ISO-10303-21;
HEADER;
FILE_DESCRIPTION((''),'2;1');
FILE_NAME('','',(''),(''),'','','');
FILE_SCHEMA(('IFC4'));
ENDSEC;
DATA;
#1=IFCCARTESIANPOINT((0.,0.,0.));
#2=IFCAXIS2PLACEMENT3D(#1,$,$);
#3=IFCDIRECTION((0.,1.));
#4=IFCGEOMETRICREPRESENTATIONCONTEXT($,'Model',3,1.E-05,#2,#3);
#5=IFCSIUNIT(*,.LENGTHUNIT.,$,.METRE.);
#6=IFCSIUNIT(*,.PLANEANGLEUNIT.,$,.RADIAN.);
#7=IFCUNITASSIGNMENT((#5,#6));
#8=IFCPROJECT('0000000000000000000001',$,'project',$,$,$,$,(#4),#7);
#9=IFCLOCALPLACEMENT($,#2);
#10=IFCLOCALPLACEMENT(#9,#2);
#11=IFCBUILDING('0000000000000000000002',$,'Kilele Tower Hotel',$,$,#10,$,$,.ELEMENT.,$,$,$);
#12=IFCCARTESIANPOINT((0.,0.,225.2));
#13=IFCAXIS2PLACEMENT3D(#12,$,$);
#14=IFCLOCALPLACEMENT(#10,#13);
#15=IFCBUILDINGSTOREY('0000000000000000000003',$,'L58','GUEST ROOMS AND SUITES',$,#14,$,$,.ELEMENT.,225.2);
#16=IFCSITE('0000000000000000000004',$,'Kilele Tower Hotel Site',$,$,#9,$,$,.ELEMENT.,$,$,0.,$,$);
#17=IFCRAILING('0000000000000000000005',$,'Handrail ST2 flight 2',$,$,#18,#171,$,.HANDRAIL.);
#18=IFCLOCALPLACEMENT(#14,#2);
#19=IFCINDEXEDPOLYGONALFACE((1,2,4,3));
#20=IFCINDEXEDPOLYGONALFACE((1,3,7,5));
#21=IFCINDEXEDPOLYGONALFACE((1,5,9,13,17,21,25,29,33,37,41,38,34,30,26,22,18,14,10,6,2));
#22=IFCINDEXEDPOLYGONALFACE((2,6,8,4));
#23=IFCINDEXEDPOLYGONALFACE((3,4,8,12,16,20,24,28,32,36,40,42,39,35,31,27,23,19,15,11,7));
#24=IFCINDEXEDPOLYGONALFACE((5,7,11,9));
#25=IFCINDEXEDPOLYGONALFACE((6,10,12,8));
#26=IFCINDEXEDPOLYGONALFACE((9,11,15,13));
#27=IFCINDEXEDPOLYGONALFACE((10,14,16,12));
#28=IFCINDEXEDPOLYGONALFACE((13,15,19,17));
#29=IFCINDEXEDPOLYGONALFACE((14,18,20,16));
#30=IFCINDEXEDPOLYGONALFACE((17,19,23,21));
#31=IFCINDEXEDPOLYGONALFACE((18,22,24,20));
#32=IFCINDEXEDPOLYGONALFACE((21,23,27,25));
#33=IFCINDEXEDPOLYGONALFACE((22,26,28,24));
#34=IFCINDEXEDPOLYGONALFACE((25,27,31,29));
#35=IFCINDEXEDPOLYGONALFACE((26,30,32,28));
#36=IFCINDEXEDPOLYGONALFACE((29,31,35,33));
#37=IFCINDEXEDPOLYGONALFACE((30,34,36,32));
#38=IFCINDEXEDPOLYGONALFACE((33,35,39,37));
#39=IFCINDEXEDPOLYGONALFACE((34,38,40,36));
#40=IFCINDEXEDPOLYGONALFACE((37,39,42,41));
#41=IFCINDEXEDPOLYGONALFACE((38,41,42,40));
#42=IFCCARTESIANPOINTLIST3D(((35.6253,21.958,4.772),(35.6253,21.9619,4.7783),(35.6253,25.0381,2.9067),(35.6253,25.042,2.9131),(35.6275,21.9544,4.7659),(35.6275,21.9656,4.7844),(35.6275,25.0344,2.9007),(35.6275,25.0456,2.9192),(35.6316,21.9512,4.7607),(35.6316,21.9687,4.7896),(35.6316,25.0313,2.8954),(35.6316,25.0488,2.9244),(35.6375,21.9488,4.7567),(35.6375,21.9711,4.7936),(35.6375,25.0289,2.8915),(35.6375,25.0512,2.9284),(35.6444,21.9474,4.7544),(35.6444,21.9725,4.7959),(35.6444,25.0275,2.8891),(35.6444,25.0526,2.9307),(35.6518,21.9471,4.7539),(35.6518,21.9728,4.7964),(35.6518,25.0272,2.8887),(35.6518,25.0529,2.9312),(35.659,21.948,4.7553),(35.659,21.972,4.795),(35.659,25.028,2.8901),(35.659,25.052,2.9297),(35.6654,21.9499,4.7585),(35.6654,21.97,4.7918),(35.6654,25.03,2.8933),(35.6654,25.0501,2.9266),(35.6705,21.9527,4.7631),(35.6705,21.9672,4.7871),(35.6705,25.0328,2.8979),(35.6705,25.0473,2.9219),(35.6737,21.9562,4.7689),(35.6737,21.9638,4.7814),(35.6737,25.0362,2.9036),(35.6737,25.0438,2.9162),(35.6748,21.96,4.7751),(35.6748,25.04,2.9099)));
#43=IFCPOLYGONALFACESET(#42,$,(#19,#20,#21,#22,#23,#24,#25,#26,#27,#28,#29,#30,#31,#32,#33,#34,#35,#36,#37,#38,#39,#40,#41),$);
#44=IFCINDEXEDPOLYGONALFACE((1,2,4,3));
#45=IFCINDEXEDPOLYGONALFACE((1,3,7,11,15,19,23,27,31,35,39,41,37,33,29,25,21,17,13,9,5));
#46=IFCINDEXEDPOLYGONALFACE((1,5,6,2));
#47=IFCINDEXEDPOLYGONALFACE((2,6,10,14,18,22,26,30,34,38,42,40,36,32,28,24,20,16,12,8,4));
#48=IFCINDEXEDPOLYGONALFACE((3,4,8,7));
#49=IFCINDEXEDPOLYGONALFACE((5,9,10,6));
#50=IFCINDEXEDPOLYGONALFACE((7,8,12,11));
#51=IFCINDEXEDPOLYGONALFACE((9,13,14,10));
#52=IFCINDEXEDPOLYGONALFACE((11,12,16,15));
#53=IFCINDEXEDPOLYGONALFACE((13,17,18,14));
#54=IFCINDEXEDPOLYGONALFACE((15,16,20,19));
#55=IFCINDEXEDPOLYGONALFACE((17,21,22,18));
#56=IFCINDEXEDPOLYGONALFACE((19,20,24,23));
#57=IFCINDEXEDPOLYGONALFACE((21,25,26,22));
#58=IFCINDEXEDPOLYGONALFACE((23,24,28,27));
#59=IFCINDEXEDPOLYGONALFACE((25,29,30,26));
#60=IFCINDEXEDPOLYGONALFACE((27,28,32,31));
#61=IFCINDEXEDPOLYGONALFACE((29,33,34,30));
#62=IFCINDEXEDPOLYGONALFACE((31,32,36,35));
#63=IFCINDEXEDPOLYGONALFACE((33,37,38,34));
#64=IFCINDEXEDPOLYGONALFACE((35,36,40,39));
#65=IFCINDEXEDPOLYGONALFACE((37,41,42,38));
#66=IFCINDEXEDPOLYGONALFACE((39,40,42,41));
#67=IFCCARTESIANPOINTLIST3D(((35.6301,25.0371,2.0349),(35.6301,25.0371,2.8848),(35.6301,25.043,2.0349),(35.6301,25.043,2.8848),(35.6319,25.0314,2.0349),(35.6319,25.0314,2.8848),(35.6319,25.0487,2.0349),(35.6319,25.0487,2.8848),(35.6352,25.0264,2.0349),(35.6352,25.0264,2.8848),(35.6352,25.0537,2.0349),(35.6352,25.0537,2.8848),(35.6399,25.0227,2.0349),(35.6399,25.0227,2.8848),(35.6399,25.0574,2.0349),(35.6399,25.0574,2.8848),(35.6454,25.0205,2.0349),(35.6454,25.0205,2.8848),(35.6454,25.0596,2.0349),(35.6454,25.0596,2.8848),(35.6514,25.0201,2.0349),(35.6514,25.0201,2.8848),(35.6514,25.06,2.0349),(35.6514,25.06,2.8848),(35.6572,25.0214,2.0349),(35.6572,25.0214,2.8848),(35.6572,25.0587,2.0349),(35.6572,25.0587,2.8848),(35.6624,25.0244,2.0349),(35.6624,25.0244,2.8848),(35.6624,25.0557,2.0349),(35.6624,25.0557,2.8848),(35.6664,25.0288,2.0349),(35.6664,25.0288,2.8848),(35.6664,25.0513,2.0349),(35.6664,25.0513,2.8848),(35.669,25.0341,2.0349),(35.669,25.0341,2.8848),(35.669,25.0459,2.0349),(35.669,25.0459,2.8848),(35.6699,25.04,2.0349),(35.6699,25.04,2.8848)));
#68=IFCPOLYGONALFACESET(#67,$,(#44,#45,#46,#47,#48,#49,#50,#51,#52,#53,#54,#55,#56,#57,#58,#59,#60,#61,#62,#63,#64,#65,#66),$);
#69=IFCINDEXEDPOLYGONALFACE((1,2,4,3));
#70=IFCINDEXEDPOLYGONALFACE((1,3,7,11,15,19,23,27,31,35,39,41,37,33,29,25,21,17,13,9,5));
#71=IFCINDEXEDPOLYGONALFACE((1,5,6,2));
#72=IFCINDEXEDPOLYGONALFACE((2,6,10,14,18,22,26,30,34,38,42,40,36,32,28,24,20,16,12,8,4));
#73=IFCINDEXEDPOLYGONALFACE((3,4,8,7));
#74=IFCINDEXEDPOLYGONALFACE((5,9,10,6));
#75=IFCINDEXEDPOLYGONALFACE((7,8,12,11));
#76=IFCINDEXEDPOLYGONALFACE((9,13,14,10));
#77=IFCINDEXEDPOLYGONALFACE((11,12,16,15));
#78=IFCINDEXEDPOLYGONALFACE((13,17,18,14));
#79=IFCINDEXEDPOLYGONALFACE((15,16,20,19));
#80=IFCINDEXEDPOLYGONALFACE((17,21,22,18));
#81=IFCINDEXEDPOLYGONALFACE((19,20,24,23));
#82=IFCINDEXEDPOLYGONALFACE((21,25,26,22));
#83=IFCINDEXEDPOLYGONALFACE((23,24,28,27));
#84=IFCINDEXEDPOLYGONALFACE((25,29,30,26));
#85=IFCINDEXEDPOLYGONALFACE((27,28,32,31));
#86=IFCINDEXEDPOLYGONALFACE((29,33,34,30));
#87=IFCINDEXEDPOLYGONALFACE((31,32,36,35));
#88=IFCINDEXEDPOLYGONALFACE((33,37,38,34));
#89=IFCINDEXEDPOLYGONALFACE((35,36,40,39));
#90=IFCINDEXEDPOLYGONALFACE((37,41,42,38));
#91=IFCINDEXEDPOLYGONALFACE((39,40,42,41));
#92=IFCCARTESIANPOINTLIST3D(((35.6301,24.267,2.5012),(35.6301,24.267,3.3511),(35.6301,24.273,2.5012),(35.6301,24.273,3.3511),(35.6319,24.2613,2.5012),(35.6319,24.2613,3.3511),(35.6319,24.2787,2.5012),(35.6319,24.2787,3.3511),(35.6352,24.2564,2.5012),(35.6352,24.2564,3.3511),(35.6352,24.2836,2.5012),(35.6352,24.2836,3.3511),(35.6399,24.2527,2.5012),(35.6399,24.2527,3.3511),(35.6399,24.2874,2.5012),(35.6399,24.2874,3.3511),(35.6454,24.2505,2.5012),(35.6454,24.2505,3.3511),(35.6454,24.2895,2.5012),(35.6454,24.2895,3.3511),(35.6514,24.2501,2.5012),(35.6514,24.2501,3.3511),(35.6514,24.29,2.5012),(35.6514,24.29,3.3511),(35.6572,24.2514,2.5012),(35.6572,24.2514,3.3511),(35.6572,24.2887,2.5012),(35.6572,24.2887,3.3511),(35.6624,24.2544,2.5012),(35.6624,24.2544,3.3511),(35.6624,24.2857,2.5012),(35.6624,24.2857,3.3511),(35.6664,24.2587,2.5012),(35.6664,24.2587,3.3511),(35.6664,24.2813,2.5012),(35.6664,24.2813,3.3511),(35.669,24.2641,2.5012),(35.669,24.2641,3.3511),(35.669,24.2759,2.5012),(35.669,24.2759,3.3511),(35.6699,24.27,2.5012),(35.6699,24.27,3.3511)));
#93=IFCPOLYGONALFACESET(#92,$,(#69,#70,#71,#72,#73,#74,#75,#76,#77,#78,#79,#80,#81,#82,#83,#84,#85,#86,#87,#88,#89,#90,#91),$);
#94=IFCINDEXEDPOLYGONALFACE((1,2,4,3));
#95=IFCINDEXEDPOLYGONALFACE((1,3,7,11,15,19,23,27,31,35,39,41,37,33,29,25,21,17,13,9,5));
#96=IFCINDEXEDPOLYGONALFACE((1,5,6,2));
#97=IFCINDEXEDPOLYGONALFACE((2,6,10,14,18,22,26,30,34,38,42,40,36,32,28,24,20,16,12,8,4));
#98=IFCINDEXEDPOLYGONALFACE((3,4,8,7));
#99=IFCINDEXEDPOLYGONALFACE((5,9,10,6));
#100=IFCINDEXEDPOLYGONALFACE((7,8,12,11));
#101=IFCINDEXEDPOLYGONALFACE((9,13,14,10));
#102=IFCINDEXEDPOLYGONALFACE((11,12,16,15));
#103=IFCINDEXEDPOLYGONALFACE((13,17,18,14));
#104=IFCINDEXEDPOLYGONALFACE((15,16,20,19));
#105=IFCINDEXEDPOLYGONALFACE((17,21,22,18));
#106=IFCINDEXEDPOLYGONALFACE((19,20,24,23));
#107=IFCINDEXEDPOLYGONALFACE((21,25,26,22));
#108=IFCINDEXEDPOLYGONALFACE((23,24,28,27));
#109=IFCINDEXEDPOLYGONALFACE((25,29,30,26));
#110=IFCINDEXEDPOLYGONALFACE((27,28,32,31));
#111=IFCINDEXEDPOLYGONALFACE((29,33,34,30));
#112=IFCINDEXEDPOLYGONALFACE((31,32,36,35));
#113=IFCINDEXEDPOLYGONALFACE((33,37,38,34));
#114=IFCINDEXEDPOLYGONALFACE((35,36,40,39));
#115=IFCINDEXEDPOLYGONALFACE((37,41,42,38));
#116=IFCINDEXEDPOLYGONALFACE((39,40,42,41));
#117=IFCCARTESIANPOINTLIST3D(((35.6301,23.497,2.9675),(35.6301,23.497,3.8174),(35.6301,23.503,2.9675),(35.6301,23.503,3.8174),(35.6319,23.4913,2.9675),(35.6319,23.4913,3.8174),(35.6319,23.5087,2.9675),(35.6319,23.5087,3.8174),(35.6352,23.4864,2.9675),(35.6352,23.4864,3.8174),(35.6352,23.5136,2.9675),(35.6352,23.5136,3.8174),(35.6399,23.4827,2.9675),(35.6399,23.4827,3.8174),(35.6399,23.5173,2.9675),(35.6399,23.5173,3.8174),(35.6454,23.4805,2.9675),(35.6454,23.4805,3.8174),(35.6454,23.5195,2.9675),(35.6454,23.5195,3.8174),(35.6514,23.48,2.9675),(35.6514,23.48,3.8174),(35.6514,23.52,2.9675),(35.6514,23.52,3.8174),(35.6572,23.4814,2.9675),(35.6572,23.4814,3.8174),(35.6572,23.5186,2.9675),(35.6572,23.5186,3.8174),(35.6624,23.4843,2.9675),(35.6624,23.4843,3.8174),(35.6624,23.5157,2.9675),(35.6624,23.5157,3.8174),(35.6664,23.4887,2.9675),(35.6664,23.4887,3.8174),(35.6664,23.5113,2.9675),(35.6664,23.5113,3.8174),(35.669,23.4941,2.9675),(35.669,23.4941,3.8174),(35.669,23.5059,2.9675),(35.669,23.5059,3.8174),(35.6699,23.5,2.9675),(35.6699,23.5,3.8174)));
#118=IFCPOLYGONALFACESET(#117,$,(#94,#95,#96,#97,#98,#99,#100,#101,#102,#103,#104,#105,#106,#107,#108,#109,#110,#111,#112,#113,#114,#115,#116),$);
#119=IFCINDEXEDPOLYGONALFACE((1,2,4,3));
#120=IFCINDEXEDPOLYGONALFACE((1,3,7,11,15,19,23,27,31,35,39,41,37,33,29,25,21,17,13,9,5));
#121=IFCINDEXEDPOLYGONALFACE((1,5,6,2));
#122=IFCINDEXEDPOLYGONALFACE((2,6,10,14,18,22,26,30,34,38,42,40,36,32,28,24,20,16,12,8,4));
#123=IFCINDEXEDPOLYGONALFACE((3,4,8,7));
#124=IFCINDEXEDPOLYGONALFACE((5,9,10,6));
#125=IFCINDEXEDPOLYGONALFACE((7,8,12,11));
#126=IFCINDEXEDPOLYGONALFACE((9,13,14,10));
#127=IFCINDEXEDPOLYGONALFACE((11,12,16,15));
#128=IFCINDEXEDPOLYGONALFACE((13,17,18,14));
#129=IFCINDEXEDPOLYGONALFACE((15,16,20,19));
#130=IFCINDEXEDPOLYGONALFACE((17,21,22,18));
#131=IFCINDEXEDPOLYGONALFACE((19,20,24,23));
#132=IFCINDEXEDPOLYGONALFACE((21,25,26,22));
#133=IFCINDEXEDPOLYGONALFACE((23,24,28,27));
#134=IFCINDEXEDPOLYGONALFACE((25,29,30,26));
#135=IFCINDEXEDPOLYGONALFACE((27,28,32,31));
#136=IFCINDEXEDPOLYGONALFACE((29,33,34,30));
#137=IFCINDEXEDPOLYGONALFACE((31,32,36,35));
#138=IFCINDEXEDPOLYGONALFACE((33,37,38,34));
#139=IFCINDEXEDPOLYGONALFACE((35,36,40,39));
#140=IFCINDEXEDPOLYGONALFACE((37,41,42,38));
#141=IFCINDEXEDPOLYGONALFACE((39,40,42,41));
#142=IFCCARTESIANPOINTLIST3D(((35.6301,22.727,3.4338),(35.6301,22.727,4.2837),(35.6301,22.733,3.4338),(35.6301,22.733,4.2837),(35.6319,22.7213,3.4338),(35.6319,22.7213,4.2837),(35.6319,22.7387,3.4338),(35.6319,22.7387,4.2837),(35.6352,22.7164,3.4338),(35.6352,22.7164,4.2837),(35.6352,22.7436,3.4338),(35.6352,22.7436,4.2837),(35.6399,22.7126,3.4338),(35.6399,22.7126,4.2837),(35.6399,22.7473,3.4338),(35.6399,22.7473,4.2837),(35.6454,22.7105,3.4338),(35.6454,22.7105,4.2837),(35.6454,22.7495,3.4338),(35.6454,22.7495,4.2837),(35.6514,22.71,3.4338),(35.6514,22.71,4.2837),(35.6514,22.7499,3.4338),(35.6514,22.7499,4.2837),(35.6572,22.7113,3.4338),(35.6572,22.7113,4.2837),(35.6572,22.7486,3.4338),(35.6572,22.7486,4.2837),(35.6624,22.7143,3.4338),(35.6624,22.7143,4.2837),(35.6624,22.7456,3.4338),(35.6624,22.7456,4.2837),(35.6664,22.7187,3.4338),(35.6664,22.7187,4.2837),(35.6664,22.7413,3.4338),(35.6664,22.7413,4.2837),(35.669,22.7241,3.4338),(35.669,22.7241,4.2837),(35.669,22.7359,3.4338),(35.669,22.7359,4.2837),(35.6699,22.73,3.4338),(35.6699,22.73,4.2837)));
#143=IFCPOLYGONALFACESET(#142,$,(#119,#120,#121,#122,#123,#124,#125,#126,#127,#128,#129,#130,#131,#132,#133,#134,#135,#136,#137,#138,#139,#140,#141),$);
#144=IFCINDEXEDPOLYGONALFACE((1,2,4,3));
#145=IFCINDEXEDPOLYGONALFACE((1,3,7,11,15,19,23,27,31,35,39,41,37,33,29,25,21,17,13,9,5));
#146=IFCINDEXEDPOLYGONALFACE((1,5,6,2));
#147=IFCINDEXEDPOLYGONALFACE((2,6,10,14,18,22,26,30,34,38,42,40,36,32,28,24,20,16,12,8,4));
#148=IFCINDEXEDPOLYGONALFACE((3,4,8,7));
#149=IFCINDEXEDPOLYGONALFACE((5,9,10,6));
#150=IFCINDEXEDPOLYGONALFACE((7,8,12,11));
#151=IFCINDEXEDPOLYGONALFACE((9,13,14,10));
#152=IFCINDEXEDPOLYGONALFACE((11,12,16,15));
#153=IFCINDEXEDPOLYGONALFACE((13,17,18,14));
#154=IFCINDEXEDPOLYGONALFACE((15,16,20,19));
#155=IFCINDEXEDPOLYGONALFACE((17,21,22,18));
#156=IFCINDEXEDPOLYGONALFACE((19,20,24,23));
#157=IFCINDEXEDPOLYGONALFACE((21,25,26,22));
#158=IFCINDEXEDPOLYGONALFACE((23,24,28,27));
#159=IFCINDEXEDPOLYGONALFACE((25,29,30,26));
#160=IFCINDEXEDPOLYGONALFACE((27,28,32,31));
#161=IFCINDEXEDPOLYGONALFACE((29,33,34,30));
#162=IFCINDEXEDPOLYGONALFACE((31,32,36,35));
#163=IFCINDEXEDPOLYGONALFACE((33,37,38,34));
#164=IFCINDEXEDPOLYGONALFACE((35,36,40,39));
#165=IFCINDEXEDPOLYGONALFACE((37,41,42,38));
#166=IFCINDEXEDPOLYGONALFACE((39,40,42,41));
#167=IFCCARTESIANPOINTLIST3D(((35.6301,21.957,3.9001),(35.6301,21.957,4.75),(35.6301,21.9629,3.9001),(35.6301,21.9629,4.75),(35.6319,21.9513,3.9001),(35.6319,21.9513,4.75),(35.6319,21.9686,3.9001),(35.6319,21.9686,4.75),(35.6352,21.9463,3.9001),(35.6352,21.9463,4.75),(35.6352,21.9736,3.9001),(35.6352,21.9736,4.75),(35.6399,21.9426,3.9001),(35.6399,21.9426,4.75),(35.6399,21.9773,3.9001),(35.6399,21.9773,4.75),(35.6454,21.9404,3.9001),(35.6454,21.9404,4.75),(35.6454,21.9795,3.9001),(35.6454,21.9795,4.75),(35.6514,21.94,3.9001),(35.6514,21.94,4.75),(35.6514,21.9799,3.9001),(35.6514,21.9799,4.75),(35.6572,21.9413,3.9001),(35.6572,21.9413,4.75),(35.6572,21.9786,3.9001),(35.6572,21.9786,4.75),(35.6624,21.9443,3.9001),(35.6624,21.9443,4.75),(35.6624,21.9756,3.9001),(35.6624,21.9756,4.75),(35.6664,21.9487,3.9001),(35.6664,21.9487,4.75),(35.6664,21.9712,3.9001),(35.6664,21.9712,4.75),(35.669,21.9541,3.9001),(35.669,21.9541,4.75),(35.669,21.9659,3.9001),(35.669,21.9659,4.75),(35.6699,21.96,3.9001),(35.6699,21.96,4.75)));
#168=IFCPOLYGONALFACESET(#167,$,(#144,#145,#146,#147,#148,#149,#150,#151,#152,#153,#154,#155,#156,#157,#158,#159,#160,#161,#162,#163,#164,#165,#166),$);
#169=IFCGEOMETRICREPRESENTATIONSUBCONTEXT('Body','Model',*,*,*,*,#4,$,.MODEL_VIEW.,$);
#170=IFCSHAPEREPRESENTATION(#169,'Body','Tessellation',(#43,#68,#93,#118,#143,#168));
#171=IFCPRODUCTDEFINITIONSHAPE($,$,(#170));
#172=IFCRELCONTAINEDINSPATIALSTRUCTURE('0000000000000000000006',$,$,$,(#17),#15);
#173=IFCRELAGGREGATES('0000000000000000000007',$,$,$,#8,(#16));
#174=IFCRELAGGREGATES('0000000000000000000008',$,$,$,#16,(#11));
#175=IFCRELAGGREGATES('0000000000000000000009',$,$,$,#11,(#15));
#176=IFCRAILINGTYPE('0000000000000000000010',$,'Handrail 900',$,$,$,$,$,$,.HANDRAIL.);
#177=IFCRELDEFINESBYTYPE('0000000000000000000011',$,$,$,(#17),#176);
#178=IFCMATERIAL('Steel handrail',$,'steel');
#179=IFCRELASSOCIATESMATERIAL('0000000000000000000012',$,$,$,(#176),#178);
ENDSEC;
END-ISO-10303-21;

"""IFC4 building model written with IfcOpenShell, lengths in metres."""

from ifc_helpers import new_model, si_unit, direction, frame, origin, origin_2d, place, context, subcontext, project, spatial, circle, extrude, material, type_object, element, save


model = new_model("IFC4")

# Units and contexts
model_context = context("Model", 3, precision=1e-05, world=origin(), true_north=direction((0.0, 1.0)))
body_context = subcontext(model_context, "Body", "Model", "MODEL_VIEW")
ifc_project = project(units=[si_unit("LENGTHUNIT", "METRE"), si_unit("PLANEANGLEUNIT", "RADIAN")], contexts=[model_context])

# Site, building, storey
site_placement = place(None, origin())
site = spatial("IfcSite", under=ifc_project, at=site_placement, Name="Kilele Tower Hotel Site", CompositionType="ELEMENT", RefElevation=0.0)
building_placement = place(site_placement, origin())
building = spatial("IfcBuilding", under=site, at=building_placement, Name="Kilele Tower Hotel", CompositionType="ELEMENT")
storey_placement = place(building_placement, frame((0.0, 0.0, 225.2)))
storey = spatial("IfcBuildingStorey", under=building, at=storey_placement, Name="L58", Description="GUEST ROOMS AND SUITES", CompositionType="ELEMENT", Elevation=225.2)

# Railing
ifc_material_1 = material(Name="Steel handrail", Category="steel")
railing_type_1 = type_object("IfcRailingType", Name="Handrail 900", PredefinedType="HANDRAIL", material=ifc_material_1)
for number, where, name in (
    (1, (35.6499, 25.04, 2.0349), "Handrail ST2 flight 2"),
):
    element("IfcRailing", number, at=place(storey_placement, frame(where)), inside=storey, type_object=railing_type_1, Name=name, PredefinedType="HANDRAIL", context=body_context, shape_type="SweptSolid", body=[
        extrude(circle(Radius=0.0249, at=origin_2d()), frame((0.0, 0.0, 0.875), z_axis=(0.0, -0.85538, 0.518001), x_axis=(1.0, 0.0, 0.0)), (0.0, 0.0, 1.0), 3.6008),
        extrude(circle(Radius=0.02, at=origin_2d()), origin(), (0.0, 0.0, 1.0), 0.8499),
        extrude(circle(Radius=0.02, at=origin_2d()), frame((0.0, -0.77, 0.4663)), (0.0, 0.0, 1.0), 0.8499),
        extrude(circle(Radius=0.02, at=origin_2d()), frame((0.0, -1.54, 0.9326)), (0.0, 0.0, 1.0), 0.8499),
        extrude(circle(Radius=0.02, at=origin_2d()), frame((0.0, -2.3101, 1.3989)), (0.0, 0.0, 1.0), 0.8499),
        extrude(circle(Radius=0.02, at=origin_2d()), frame((0.0, -3.0801, 1.8652)), (0.0, 0.0, 1.0), 0.8499),
    ])

save(model, "model.ifc")
